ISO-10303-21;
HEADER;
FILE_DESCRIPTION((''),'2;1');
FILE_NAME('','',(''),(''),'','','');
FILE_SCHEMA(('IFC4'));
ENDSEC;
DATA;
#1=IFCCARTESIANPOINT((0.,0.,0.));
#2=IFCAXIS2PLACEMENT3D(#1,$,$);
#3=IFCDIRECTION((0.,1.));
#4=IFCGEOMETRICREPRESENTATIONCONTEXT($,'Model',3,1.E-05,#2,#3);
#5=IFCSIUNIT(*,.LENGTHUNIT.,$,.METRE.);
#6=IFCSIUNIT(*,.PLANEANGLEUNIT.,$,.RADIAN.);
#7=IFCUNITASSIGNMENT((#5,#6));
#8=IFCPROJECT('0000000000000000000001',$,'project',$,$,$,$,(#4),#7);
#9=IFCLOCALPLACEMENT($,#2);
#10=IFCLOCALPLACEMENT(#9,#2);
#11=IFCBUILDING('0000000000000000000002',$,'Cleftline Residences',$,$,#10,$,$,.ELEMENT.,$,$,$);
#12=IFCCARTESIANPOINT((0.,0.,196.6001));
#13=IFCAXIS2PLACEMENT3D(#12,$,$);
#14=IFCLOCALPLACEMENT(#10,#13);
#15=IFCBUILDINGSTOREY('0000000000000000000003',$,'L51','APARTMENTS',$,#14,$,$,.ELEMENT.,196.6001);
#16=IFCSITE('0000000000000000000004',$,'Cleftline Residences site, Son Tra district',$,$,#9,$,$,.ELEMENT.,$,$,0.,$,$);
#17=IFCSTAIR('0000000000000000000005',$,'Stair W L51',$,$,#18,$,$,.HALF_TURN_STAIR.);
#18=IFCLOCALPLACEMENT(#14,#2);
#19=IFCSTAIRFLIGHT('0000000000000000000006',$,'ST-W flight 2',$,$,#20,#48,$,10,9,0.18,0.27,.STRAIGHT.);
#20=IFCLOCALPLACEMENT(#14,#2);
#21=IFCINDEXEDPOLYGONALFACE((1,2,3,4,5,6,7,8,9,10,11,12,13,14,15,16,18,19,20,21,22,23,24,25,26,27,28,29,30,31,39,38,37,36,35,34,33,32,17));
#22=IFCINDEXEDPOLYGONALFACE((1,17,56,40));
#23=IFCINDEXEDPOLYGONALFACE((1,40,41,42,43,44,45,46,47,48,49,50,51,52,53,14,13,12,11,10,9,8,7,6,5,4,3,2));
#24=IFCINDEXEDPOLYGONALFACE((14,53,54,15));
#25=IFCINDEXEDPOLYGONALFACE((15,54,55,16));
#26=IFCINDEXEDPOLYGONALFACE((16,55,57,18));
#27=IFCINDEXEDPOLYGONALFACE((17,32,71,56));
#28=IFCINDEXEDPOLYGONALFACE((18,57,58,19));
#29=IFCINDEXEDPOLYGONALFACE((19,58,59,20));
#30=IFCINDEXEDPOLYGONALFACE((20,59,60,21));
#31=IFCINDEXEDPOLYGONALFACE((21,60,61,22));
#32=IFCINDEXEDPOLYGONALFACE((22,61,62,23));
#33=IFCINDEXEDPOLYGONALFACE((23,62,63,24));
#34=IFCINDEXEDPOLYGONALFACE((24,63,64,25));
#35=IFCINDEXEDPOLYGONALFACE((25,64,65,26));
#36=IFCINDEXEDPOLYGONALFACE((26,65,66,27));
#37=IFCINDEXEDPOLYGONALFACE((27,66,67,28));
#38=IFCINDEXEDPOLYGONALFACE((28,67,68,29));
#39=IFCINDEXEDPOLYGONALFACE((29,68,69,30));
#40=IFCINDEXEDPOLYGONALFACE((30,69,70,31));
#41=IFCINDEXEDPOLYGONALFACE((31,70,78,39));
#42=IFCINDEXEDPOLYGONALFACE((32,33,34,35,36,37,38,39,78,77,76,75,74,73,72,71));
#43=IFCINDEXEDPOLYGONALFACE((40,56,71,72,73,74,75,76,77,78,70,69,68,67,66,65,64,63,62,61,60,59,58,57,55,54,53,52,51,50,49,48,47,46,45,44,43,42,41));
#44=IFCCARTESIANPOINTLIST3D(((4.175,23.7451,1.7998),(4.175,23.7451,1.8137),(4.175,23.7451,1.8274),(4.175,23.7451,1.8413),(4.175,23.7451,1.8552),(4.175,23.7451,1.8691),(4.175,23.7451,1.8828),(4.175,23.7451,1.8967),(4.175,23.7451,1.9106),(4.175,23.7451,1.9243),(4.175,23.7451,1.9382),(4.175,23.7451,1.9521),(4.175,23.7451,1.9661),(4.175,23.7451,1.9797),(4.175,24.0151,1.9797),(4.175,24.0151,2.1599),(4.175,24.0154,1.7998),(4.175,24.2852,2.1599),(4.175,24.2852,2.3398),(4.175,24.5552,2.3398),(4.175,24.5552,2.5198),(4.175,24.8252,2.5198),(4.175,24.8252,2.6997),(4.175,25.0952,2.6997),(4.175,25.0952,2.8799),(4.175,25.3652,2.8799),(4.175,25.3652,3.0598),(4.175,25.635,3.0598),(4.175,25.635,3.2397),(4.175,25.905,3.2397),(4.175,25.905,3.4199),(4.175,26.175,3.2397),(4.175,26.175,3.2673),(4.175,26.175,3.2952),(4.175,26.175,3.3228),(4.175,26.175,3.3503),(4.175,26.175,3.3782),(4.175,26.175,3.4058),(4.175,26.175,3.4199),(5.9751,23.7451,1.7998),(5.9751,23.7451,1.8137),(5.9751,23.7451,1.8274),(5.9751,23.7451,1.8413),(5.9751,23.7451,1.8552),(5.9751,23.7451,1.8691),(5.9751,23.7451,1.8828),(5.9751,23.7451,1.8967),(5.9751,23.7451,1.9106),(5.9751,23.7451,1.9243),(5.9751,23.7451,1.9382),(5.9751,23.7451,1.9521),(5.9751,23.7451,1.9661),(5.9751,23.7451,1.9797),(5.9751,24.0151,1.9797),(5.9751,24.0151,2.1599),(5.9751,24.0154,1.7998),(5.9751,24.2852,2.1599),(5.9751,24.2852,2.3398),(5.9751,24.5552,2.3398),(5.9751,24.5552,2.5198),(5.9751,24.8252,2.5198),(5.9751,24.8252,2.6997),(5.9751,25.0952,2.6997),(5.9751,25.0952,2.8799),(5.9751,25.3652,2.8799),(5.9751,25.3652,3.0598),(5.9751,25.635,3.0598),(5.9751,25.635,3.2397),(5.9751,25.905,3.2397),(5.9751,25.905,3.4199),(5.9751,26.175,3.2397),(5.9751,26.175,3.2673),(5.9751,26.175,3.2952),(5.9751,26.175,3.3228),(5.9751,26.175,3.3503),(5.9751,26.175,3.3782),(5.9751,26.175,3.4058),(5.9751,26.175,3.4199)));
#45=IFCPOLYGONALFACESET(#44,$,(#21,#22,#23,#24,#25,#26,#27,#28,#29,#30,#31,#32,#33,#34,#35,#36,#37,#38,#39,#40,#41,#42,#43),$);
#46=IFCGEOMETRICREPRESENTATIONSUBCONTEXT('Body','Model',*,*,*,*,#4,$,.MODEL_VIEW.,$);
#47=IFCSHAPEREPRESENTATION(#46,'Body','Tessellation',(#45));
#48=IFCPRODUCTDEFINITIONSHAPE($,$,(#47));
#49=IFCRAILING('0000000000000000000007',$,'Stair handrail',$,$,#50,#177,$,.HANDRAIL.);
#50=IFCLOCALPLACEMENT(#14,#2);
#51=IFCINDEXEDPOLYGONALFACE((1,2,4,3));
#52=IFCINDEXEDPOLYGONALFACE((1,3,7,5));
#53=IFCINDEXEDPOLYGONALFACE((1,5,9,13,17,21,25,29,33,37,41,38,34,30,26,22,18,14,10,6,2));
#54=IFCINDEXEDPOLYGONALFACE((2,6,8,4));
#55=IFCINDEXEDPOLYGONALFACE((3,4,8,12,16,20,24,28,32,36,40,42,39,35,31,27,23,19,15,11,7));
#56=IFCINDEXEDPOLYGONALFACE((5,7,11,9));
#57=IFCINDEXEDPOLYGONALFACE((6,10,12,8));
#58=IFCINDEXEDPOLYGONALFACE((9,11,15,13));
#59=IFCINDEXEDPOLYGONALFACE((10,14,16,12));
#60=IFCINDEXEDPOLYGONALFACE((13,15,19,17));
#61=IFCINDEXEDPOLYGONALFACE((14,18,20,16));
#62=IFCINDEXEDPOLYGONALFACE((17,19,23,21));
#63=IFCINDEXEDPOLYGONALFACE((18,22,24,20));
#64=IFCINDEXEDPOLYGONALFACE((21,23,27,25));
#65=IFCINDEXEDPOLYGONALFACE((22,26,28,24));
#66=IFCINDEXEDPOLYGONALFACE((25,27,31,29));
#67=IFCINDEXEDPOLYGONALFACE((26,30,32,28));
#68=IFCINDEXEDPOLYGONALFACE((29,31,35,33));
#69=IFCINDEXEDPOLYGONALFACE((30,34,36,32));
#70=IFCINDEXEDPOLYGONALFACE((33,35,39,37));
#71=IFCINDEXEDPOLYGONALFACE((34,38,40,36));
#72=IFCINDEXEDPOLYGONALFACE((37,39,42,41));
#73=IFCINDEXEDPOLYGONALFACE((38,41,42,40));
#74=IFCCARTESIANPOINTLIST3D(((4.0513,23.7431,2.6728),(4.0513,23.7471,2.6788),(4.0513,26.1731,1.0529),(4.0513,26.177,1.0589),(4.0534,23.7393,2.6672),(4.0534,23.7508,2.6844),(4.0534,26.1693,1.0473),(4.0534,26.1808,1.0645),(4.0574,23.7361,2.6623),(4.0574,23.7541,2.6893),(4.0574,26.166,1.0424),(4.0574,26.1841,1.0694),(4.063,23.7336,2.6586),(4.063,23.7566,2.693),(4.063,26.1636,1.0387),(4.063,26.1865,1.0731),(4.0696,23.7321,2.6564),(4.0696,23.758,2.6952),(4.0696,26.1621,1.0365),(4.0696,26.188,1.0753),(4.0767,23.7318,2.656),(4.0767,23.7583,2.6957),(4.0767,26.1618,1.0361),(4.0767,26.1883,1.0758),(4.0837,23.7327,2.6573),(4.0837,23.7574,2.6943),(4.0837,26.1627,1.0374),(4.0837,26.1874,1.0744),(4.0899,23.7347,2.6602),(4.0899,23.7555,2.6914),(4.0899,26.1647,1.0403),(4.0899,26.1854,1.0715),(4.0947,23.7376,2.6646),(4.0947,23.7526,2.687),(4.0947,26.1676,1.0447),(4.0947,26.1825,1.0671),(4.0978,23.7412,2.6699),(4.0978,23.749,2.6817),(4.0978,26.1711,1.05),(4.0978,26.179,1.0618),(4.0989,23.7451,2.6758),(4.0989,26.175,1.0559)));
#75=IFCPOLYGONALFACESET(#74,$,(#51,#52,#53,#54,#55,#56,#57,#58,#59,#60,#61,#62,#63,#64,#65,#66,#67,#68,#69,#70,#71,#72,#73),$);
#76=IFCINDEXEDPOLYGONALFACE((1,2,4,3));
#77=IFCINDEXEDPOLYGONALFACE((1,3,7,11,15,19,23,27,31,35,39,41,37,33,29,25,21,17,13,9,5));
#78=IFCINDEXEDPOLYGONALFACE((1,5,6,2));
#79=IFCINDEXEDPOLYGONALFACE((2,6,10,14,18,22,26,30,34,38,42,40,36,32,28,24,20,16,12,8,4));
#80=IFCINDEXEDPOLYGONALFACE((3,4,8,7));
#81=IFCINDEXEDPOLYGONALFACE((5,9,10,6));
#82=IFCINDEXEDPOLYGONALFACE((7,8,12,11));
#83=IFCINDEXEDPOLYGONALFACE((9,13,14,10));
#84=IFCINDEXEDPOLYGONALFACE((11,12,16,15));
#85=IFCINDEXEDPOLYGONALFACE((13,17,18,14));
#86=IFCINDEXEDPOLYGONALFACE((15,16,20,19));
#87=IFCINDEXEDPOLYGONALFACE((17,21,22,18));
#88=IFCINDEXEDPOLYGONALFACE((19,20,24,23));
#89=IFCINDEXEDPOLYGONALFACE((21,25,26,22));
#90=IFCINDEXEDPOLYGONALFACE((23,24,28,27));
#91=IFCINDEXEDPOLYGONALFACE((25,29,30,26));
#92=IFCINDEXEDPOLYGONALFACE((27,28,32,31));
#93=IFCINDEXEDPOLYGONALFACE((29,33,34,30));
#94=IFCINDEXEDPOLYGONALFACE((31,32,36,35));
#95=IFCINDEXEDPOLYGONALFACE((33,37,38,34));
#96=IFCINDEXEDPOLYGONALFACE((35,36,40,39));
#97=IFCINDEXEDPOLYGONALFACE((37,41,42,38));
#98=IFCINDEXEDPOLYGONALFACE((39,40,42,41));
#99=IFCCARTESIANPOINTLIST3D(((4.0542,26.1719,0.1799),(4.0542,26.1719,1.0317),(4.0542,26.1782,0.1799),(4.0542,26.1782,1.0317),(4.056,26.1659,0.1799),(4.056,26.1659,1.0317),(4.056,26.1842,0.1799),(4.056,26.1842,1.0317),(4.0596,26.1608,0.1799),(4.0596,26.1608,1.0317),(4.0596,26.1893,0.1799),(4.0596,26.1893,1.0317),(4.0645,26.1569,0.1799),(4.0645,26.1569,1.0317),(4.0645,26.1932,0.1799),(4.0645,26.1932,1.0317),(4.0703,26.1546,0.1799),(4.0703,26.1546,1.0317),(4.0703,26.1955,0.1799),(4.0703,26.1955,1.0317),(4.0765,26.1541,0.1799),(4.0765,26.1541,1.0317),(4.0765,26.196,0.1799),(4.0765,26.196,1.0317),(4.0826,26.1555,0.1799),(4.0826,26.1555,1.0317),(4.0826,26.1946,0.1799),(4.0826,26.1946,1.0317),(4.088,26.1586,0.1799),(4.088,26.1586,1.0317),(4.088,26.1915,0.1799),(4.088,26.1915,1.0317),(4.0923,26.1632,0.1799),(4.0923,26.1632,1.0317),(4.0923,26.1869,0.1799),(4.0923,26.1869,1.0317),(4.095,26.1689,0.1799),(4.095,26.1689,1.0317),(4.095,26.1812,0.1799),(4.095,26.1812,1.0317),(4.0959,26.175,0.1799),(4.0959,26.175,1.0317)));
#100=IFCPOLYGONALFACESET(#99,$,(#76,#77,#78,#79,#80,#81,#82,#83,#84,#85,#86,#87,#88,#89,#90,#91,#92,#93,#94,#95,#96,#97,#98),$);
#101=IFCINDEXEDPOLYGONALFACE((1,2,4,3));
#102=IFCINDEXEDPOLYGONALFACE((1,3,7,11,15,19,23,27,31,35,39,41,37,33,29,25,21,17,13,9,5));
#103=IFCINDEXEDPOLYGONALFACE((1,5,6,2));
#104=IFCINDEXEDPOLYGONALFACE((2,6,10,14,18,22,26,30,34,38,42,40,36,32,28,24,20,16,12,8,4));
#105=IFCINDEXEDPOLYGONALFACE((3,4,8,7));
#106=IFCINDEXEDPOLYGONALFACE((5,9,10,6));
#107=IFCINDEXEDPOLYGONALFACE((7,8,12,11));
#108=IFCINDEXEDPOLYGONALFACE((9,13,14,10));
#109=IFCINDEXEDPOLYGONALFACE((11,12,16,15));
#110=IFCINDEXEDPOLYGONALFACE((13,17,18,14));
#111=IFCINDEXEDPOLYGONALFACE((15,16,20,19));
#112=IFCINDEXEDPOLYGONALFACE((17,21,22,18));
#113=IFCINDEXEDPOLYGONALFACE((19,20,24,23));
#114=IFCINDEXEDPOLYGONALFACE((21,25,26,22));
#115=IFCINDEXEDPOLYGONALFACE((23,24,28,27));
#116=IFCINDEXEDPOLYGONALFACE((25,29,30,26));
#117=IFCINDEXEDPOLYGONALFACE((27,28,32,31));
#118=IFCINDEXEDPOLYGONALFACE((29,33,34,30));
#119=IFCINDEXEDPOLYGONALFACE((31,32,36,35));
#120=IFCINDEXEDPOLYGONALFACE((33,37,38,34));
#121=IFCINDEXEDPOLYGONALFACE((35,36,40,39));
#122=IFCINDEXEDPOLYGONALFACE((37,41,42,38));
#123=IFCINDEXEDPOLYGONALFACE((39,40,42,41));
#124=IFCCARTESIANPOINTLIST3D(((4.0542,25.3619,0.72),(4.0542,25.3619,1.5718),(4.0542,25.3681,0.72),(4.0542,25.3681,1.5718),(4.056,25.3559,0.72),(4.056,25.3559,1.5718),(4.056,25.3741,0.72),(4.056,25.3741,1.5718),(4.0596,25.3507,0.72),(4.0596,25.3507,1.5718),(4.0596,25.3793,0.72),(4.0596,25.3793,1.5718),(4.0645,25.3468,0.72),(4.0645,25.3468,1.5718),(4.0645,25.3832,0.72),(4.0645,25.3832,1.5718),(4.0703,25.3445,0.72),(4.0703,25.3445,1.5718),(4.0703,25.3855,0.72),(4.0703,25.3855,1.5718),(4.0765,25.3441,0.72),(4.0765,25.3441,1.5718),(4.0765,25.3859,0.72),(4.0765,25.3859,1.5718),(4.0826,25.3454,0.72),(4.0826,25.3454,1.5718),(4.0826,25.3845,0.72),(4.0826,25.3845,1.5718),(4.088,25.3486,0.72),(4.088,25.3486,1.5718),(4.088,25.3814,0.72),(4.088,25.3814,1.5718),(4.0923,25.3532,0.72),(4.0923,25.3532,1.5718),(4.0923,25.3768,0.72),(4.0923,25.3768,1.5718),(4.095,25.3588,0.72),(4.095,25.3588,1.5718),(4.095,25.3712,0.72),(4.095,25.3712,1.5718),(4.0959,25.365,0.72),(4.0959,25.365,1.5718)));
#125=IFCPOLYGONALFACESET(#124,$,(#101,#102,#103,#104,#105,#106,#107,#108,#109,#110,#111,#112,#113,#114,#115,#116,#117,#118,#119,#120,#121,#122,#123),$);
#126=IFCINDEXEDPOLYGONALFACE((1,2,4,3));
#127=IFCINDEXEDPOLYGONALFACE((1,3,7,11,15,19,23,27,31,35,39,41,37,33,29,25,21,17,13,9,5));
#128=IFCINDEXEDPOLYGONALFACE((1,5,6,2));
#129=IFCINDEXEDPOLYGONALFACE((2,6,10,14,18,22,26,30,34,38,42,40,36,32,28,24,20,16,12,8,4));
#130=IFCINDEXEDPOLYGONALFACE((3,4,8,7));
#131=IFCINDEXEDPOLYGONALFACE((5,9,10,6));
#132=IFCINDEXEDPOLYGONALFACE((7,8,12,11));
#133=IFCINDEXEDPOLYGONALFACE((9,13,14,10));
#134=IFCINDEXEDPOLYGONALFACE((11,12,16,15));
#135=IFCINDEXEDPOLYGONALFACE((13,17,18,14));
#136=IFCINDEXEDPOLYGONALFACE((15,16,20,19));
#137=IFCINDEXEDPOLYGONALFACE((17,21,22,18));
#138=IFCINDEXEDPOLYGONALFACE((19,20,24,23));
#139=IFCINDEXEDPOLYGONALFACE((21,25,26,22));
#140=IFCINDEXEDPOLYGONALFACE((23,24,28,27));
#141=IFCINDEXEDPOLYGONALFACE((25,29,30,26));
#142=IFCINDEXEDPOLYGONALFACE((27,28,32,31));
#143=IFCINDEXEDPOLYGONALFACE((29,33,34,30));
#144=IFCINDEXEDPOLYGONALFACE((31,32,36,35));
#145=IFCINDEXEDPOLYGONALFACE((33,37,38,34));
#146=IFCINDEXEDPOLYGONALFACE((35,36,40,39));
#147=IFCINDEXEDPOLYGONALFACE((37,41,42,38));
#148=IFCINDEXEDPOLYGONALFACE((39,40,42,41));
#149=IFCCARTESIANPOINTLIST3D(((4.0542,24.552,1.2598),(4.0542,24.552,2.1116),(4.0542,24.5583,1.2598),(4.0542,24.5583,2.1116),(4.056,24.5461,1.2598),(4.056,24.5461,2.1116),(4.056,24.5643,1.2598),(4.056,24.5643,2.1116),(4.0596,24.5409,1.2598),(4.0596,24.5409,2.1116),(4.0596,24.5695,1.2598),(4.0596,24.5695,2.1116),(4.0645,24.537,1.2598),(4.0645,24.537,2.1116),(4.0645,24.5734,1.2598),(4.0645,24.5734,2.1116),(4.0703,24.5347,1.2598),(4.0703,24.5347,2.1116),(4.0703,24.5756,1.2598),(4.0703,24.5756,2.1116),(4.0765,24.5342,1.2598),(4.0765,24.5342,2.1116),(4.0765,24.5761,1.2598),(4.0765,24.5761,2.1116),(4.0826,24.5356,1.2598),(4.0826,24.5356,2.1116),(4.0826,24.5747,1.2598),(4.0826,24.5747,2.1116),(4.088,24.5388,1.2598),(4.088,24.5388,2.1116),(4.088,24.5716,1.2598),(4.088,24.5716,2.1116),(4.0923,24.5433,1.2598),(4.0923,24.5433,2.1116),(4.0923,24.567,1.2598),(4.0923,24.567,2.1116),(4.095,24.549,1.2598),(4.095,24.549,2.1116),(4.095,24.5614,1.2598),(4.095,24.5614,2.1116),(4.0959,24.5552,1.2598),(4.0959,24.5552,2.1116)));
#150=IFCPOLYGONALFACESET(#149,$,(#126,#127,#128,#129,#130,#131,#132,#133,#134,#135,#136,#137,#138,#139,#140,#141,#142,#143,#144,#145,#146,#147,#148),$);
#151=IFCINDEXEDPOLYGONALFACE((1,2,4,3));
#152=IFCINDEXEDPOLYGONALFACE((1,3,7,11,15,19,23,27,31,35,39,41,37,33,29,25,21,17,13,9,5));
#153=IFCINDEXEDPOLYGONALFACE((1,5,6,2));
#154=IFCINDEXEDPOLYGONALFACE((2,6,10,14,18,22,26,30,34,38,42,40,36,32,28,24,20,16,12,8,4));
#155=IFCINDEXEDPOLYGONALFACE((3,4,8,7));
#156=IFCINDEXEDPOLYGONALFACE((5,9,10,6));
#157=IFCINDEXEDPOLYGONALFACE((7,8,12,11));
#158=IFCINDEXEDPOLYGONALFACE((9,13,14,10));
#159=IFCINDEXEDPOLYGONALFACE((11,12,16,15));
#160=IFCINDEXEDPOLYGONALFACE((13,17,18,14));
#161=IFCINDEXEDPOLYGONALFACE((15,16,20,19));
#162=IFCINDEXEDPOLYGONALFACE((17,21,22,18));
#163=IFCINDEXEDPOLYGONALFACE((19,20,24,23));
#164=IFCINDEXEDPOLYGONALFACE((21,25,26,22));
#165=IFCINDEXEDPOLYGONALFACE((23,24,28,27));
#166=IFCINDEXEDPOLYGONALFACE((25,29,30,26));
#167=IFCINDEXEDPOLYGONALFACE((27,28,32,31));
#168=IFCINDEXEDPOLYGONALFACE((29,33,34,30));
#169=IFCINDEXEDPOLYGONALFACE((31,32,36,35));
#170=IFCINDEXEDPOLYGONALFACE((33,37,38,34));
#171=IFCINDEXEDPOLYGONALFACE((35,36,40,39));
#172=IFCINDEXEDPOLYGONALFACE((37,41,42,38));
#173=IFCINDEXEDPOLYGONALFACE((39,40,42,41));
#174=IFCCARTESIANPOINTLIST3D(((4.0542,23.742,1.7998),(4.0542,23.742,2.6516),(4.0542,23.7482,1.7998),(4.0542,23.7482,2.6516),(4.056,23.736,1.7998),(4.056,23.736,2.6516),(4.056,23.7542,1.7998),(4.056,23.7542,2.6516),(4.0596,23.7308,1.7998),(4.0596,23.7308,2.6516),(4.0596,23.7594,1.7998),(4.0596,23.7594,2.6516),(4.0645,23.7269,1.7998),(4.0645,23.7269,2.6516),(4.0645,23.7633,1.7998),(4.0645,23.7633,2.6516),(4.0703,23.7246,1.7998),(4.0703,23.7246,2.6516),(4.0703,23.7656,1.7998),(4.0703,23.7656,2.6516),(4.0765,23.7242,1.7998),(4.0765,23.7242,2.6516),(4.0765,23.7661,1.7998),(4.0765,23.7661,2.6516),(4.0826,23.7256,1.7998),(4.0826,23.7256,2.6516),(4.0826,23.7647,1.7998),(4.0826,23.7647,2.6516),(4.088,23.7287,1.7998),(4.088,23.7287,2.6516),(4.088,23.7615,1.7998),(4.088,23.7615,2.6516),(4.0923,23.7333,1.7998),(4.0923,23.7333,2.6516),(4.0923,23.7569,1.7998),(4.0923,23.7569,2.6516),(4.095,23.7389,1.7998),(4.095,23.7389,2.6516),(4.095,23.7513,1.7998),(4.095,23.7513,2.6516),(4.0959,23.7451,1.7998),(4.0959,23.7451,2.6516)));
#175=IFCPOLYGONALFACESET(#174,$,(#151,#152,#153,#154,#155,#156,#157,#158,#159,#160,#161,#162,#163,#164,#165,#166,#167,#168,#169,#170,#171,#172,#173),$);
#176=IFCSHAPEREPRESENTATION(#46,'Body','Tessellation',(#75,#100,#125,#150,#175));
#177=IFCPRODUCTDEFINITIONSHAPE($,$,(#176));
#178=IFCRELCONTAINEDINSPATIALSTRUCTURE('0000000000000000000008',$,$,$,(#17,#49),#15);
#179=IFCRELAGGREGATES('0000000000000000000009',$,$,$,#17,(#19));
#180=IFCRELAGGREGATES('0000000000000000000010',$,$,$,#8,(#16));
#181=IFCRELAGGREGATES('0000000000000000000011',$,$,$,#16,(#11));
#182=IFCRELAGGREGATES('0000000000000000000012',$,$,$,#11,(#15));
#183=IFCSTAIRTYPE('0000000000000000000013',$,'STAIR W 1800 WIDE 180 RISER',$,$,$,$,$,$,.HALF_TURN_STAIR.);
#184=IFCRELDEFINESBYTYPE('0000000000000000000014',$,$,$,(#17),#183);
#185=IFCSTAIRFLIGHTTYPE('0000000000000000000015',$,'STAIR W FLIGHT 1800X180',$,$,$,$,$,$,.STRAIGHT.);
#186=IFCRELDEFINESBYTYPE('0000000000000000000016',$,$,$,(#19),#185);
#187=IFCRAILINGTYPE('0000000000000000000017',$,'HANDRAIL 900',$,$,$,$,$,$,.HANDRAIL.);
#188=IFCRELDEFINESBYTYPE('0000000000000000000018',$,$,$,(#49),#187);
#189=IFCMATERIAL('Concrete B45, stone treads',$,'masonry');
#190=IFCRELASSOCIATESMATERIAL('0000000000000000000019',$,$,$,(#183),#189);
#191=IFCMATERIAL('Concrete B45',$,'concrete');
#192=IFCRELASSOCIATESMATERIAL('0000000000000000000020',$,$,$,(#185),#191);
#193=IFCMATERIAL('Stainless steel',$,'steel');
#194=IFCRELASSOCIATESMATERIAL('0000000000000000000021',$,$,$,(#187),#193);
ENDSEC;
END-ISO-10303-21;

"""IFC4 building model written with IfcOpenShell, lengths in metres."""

from ifc_helpers import new_model, si_unit, direction, frame, origin, origin_2d, place, context, subcontext, project, spatial, polyline, circle, outline, extrude, material, type_object, element, aggregate, save


model = new_model("IFC4")

# Units and contexts
model_context = context("Model", 3, precision=1e-05, world=origin(), true_north=direction((0.0, 1.0)))
body_context = subcontext(model_context, "Body", "Model", "MODEL_VIEW")
ifc_project = project(units=[si_unit("LENGTHUNIT", "METRE"), si_unit("PLANEANGLEUNIT", "RADIAN")], contexts=[model_context])

# Site, building, storey
site_placement = place(None, origin())
site = spatial("IfcSite", under=ifc_project, at=site_placement, Name="Cleftline Residences site, Son Tra district", CompositionType="ELEMENT", RefElevation=0.0)
building_placement = place(site_placement, origin())
building = spatial("IfcBuilding", under=site, at=building_placement, Name="Cleftline Residences", CompositionType="ELEMENT")
storey_placement = place(building_placement, frame((0.0, 0.0, 196.6001)))
storey = spatial("IfcBuildingStorey", under=building, at=storey_placement, Name="L51", Description="APARTMENTS", CompositionType="ELEMENT", Elevation=196.6001)

# Stair, stair flight
ifc_material_1 = material(Name="Concrete B45, stone treads", Category="masonry")
stair_type = type_object("IfcStairType", Name="STAIR W 1800 WIDE 180 RISER", PredefinedType="HALF_TURN_STAIR", material=ifc_material_1)
stair_placement = place(storey_placement, origin())
stair = element("IfcStair", 1, at=stair_placement, inside=storey, type_object=stair_type, Name="Stair W L51", PredefinedType="HALF_TURN_STAIR")
ifc_material_2 = material(Name="Concrete B45", Category="concrete")
stair_flight_type = type_object("IfcStairFlightType", Name="STAIR W FLIGHT 1800X180", PredefinedType="STRAIGHT", material=ifc_material_2)
stair_flight_1_placement = place(storey_placement, frame((5.075, 23.7451, 1.7998), z_axis=(0.0, 0.0, 1.0), x_axis=(0.0, 1.0, 0.0)))
stair_flight_1 = element("IfcStairFlight", 2, at=stair_flight_1_placement, type_object=stair_flight_type, Name="ST-W flight 2", NumberOfRisers=10, NumberOfTreads=9, PredefinedType="STRAIGHT", RiserHeight=0.18, TreadLength=0.27, context=body_context, shape_type="SweptSolid", body=[
    extrude(outline(polyline([(0.0, 0.0), (0.0, 0.0139), (0.0, 0.0276), (0.0, 0.0415), (0.0, 0.0554), (0.0, 0.0693), (0.0, 0.083), (0.0, 0.0969), (0.0, 0.1108), (0.0, 0.1245), (0.0, 0.1384), (0.0, 0.1523), (0.0, 0.1663), (0.0, 0.1799), (0.27, 0.1799), (0.27, 0.3601), (0.54, 0.3601), (0.54, 0.54), (0.8101, 0.54), (0.8101, 0.72), (1.0801, 0.72), (1.0801, 0.8999), (1.3501, 0.8999), (1.3501, 1.0801), (1.6201, 1.0801), (1.6201, 1.26), (1.8899, 1.26), (1.8899, 1.4399), (2.1599, 1.4399), (2.1599, 1.6201), (2.4299, 1.6201), (2.4299, 1.8), (2.4299, 1.7722), (2.4299, 1.7446), (2.4299, 1.7168), (2.4299, 1.6892), (2.4299, 1.6614), (2.4299, 1.6338), (2.4299, 1.606), (2.4299, 1.5784), (2.4299, 1.5505), (2.4299, 1.5229), (2.4299, 1.4954), (2.4299, 1.4675), (2.4299, 1.4399), (0.2703, 0.0), (0.0, 0.0)])), frame((0.0, 0.8999, 0.0), z_axis=(0.0, -1.0, 0.0), x_axis=(1.0, 0.0, 0.0)), (0.0, 0.0, 1.0), 1.8),
])
aggregate(stair, [stair_flight_1])

# Railing
ifc_material_3 = material(Name="Stainless steel", Category="steel")
railing_type = type_object("IfcRailingType", Name="HANDRAIL 900", PredefinedType="HANDRAIL", material=ifc_material_3)
railing_1_placement = place(storey_placement, frame((4.075, 26.175, 0.1799)))
element("IfcRailing", 3, at=railing_1_placement, inside=storey, type_object=railing_type, Name="Stair handrail", PredefinedType="HANDRAIL", context=body_context, shape_type="SweptSolid", body=[
    extrude(circle(Radius=0.0239, at=origin_2d()), frame((0.0, 0.0, 0.876), z_axis=(0.0, -0.832063, 0.554681), x_axis=(1.0, 0.0, 0.0)), (0.0, 0.0, 1.0), 2.9204),
    extrude(circle(Radius=0.021, at=origin_2d()), origin(), (0.0, 0.0, 1.0), 0.8518),
    extrude(circle(Radius=0.021, at=origin_2d()), frame((0.0, -0.8101, 0.54)), (0.0, 0.0, 1.0), 0.8518),
    extrude(circle(Radius=0.021, at=origin_2d()), frame((0.0, -1.6199, 1.0798)), (0.0, 0.0, 1.0), 0.8518),
    extrude(circle(Radius=0.021, at=origin_2d()), frame((0.0, -2.4299, 1.6199)), (0.0, 0.0, 1.0), 0.8518),
])

save(model, "model.ifc")
